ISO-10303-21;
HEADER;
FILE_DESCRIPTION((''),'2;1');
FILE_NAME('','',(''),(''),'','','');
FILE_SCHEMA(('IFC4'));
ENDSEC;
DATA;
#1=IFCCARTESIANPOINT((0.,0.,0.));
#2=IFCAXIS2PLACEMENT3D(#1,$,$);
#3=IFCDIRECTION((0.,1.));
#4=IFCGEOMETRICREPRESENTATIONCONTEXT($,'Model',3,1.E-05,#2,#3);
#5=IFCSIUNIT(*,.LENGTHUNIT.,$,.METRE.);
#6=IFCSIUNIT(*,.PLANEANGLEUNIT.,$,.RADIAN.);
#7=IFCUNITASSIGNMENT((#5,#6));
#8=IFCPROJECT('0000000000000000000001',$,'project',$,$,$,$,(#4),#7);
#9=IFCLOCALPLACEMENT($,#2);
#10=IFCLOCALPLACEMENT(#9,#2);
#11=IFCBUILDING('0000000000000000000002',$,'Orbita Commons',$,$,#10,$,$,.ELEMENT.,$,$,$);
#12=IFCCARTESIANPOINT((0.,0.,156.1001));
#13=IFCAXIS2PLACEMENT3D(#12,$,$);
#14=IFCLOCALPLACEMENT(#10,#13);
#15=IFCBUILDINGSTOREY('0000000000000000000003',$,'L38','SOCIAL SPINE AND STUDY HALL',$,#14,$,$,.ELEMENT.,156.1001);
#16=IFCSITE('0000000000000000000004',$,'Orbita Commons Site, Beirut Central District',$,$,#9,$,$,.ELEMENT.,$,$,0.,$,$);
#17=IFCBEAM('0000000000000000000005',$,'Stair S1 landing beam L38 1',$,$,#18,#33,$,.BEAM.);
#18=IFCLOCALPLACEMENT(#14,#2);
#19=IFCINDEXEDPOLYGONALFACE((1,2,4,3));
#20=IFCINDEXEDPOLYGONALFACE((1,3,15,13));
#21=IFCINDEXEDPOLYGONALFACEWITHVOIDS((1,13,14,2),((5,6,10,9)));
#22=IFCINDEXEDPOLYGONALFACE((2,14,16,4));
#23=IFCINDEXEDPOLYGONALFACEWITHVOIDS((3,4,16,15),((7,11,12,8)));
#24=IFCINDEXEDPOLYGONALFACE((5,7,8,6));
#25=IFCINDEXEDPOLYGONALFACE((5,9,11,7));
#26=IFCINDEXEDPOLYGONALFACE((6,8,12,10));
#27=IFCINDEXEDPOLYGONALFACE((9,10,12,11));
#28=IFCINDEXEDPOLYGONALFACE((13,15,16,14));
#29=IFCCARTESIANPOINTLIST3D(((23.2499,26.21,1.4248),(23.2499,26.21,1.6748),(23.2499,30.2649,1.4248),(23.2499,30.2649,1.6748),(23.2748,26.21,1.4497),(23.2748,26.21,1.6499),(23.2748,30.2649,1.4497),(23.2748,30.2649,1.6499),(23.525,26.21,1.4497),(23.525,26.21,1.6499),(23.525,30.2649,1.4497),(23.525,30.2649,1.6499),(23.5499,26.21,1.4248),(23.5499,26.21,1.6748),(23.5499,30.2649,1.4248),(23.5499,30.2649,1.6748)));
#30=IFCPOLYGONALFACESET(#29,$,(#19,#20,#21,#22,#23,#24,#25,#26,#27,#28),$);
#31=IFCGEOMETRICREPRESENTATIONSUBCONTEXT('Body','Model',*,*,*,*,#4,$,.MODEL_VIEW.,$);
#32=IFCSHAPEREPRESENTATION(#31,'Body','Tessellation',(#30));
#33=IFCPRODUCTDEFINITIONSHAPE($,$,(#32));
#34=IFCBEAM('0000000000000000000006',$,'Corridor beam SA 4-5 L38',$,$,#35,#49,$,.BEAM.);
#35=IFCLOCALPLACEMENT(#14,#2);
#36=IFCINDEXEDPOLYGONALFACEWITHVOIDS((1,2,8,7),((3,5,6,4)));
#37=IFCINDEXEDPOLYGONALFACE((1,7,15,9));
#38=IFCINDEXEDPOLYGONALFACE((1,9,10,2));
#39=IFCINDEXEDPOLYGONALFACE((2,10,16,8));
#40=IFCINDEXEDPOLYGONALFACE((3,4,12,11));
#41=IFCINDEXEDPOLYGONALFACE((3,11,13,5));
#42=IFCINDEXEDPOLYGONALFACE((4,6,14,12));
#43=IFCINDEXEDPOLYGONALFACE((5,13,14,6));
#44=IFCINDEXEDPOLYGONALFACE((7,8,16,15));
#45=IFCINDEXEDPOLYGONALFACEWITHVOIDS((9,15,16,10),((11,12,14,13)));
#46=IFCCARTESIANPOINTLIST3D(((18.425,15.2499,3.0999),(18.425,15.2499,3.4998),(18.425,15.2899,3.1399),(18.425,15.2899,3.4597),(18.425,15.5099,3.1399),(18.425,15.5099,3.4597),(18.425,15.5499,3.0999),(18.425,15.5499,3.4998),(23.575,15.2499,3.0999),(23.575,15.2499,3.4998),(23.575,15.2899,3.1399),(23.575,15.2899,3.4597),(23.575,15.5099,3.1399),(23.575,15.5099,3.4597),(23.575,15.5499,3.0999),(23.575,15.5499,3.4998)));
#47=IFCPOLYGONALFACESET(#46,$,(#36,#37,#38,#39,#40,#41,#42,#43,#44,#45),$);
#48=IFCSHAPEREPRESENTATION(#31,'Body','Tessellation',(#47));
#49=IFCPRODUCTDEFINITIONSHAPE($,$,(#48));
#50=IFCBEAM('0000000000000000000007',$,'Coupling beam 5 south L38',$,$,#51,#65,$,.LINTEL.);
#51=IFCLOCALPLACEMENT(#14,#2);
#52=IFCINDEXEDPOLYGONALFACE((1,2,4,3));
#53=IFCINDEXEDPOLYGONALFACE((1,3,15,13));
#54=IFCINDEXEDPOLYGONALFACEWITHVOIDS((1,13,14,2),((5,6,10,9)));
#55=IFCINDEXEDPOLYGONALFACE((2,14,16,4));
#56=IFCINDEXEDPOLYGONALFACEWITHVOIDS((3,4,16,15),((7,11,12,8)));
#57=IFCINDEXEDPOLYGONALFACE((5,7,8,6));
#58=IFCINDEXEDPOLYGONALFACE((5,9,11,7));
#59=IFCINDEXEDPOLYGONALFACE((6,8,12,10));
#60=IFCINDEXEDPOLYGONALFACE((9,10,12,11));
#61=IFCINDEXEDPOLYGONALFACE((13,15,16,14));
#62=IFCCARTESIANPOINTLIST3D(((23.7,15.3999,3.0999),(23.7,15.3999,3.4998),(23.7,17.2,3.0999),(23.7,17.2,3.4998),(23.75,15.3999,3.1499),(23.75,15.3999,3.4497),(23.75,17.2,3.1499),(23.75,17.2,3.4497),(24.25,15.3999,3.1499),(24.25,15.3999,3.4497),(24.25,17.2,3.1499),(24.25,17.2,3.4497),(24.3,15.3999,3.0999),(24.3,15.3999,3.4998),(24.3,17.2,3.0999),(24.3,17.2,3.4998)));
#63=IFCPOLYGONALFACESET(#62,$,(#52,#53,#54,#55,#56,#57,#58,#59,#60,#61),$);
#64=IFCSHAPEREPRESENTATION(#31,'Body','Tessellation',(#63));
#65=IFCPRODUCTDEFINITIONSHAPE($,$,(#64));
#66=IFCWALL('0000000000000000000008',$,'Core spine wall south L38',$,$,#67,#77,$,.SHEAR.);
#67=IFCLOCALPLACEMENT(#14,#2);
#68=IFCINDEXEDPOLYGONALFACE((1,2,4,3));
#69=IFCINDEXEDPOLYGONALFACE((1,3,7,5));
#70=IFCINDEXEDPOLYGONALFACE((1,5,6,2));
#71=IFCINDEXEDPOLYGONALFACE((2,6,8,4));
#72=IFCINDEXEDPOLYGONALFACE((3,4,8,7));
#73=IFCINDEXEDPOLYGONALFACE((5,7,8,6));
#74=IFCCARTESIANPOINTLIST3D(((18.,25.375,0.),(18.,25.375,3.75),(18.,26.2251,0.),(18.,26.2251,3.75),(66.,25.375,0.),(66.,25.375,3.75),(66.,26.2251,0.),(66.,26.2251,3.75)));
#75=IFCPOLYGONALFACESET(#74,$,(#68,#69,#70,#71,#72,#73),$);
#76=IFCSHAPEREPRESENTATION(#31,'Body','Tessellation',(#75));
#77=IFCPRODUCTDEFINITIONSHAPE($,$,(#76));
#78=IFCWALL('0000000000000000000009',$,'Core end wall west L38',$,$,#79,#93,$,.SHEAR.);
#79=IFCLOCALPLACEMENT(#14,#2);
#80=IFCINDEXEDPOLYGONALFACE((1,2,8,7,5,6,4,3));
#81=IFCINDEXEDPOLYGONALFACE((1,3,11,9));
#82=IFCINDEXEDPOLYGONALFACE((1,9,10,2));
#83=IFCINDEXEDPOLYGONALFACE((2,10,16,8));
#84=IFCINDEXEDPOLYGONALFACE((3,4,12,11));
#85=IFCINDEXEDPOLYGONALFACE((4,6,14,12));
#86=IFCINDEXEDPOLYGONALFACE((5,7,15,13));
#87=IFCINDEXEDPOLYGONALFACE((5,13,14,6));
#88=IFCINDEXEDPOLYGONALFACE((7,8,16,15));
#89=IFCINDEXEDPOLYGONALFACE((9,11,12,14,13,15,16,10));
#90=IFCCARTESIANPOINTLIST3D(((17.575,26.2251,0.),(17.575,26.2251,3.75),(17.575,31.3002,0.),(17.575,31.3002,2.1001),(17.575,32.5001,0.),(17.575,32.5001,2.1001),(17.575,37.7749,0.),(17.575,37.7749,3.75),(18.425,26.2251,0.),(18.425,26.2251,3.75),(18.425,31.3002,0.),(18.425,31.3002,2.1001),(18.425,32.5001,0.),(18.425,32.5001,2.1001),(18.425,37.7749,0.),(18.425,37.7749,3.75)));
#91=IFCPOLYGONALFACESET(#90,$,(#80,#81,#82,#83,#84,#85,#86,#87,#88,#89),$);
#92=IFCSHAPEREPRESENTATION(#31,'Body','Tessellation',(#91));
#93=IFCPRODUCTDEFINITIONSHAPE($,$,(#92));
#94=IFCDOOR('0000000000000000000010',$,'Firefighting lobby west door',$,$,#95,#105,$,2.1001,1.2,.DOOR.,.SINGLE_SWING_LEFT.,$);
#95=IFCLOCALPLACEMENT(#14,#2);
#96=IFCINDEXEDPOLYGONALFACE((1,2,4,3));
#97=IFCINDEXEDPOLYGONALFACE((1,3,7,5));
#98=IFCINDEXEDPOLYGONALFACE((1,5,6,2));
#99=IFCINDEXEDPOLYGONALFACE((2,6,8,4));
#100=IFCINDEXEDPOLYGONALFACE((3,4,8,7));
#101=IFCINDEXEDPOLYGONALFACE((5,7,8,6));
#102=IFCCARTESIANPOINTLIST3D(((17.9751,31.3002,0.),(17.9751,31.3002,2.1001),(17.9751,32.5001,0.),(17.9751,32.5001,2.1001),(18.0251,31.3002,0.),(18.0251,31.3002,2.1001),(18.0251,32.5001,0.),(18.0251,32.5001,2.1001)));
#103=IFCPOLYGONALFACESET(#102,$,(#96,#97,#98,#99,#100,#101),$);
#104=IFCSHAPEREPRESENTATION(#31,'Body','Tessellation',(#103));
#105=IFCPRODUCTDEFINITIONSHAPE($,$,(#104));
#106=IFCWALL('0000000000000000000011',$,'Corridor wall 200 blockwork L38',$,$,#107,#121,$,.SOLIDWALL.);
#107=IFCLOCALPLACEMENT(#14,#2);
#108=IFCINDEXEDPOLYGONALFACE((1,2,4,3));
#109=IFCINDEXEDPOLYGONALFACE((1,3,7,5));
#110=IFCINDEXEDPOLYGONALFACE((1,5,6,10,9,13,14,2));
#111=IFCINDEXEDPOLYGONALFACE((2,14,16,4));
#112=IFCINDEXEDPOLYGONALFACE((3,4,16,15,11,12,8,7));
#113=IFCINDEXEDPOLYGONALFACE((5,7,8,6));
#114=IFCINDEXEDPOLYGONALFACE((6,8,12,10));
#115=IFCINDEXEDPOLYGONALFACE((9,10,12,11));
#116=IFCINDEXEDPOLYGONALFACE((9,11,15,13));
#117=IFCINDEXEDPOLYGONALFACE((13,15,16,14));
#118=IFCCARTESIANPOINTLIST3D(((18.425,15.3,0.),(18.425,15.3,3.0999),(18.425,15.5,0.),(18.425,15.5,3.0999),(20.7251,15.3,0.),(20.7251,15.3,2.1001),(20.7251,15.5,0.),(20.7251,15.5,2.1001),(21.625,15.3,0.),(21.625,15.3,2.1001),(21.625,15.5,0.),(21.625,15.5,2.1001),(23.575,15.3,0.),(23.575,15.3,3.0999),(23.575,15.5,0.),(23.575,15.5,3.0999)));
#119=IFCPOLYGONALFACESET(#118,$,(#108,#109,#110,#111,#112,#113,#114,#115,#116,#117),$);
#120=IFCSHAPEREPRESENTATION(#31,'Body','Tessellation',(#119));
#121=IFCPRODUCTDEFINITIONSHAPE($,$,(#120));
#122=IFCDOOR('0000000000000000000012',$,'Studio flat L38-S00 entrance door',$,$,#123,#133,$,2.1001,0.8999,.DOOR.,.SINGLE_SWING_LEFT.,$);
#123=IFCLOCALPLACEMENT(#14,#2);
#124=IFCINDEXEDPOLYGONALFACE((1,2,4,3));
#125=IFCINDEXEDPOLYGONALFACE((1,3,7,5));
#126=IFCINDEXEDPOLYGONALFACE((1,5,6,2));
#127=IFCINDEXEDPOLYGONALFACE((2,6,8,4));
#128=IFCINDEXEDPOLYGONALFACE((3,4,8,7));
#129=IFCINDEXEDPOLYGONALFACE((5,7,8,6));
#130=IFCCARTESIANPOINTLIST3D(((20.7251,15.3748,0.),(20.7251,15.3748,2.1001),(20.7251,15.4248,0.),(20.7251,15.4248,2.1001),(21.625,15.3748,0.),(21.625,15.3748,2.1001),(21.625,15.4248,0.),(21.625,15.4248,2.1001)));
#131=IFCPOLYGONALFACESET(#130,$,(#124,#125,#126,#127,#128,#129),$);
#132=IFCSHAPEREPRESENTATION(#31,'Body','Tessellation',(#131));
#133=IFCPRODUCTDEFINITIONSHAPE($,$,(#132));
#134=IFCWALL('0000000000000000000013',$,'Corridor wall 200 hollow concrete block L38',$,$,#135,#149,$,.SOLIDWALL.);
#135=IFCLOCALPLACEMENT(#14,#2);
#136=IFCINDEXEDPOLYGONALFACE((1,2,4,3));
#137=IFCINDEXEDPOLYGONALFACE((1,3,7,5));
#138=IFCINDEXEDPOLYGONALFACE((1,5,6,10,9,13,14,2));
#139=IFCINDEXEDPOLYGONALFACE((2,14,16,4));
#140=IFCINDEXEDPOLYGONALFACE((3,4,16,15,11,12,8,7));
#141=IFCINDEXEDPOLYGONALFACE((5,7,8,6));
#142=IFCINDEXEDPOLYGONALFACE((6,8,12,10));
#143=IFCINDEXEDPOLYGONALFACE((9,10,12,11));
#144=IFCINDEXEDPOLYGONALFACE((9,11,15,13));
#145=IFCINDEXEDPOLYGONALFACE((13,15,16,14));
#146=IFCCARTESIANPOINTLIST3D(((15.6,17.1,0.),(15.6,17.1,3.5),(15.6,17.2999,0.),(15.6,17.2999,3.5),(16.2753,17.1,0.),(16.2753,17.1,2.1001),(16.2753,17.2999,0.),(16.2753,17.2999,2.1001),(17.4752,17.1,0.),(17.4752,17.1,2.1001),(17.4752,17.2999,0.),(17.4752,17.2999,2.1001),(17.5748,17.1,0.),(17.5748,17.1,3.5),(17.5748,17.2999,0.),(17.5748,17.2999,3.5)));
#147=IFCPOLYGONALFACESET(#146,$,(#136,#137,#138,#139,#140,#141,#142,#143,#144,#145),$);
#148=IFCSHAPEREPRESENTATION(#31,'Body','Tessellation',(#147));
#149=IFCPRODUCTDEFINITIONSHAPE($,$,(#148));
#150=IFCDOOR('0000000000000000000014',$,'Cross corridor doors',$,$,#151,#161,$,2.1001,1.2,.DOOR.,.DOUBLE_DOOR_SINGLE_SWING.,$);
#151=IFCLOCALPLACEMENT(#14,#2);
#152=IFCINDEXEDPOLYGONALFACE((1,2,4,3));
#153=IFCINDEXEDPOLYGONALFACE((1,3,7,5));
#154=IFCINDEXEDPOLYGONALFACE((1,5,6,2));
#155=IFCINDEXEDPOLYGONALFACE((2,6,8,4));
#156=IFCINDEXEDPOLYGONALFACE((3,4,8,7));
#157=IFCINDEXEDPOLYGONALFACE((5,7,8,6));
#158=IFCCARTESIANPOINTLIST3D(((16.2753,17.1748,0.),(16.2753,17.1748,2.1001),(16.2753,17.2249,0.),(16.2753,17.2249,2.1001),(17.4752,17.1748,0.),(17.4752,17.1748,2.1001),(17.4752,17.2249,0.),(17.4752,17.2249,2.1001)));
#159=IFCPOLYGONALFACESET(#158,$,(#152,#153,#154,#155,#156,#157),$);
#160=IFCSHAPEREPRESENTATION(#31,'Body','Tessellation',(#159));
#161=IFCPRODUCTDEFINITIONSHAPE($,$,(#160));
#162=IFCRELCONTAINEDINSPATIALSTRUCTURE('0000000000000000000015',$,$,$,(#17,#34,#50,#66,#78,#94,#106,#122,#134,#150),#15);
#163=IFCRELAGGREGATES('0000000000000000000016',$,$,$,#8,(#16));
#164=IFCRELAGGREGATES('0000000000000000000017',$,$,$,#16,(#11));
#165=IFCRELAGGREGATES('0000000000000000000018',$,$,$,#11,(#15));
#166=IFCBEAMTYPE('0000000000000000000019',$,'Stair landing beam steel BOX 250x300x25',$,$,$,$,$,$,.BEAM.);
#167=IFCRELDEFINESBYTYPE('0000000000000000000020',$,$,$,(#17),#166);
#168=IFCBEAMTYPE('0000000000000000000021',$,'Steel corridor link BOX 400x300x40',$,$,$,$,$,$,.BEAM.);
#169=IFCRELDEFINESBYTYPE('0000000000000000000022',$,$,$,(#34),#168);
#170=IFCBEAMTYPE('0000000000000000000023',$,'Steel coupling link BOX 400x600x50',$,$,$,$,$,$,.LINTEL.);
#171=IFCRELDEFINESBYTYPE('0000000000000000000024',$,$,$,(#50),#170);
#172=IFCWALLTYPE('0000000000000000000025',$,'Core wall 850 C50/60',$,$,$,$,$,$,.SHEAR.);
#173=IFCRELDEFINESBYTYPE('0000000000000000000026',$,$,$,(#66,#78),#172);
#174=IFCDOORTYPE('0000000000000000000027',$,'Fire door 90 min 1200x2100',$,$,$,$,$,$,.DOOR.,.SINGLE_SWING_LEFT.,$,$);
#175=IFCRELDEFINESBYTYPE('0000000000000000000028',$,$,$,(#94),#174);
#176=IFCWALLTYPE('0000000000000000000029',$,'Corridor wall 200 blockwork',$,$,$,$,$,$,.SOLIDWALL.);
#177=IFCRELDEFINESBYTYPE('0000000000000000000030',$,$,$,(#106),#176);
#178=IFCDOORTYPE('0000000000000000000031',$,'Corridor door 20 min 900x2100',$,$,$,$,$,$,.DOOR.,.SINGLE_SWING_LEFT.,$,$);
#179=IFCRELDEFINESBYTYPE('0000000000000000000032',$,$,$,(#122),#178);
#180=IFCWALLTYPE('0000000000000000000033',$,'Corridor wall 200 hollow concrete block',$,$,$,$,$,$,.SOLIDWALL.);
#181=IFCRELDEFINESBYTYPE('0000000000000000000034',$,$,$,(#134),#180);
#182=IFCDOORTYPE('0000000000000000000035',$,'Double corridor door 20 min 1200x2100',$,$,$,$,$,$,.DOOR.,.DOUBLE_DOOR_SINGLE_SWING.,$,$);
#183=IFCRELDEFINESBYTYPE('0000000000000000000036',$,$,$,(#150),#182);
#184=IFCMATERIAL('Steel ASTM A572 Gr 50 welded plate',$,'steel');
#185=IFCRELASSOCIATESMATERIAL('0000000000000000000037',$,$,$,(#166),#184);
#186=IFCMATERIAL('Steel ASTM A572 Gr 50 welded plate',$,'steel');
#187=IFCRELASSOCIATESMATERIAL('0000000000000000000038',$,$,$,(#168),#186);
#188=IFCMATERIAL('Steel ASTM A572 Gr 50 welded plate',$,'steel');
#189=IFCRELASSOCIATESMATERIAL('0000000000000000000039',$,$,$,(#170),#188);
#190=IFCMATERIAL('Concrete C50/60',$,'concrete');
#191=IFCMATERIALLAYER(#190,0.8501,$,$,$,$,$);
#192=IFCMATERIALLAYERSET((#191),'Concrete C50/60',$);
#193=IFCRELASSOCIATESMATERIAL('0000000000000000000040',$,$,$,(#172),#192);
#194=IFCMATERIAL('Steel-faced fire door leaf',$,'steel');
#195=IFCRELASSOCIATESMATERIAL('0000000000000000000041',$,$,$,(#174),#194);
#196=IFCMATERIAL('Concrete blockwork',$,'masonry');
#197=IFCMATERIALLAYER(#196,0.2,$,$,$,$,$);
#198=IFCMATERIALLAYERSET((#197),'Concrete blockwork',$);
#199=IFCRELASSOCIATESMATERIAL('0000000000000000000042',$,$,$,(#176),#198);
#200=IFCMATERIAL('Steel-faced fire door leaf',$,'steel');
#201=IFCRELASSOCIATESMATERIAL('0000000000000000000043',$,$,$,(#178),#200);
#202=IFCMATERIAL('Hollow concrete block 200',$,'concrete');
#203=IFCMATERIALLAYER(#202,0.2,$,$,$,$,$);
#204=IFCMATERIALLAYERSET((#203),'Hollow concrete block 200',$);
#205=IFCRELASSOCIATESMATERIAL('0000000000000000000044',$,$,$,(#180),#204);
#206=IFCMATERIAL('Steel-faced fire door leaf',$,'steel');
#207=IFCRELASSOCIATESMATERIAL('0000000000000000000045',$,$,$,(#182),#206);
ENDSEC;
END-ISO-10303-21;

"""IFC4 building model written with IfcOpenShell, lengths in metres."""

from ifc_helpers import new_model, si_unit, direction, frame, frame_2d, origin, origin_2d, place, context, subcontext, project, spatial, polyline, rectangle, hollow_rectangle, outline, extrude, material, layer, layer_set, material_profile, profile_set, type_object, element, fill, save


model = new_model("IFC4")

# Units and contexts
model_context = context("Model", 3, precision=1e-05, world=origin(), true_north=direction((0.0, 1.0)))
body_context = subcontext(model_context, "Body", "Model", "MODEL_VIEW")
ifc_project = project(units=[si_unit("LENGTHUNIT", "METRE"), si_unit("PLANEANGLEUNIT", "RADIAN")], contexts=[model_context])

# Site, building, storey
site_placement = place(None, origin())
site = spatial("IfcSite", under=ifc_project, at=site_placement, Name="Orbita Commons Site, Beirut Central District", CompositionType="ELEMENT", RefElevation=0.0)
building_placement = place(site_placement, origin())
building = spatial("IfcBuilding", under=site, at=building_placement, Name="Orbita Commons", CompositionType="ELEMENT")
storey_placement = place(building_placement, frame((0.0, 0.0, 156.1001)))
storey = spatial("IfcBuildingStorey", under=building, at=storey_placement, Name="L38", Description="SOCIAL SPINE AND STUDY HALL", CompositionType="ELEMENT", Elevation=156.1001)

# Beams
ifc_material_1 = material(Name="Steel ASTM A572 Gr 50 welded plate", Category="steel")
ifc_material_profile_1 = material_profile(ifc_material_1, hollow_rectangle(XDim=0.3, YDim=0.25, WallThickness=0.0249, at=origin_2d()), Name="BOX 250x300x25")
ifc_profile_set_1 = profile_set([ifc_material_profile_1], Name="Steel ASTM A572 Gr 50 welded plate")
beam_type_1 = type_object("IfcBeamType", Name="Stair landing beam steel BOX 250x300x25", PredefinedType="BEAM", material=ifc_profile_set_1)
beam_1_placement = place(storey_placement, frame((23.3999, 26.21, 1.5498), z_axis=(0.0, 1.0, 0.0), x_axis=(-1.0, 0.0, 0.0)))
element("IfcBeam", 1, at=beam_1_placement, inside=storey, type_object=beam_type_1, Name="Stair S1 landing beam L38 1", PredefinedType="BEAM", context=body_context, shape_type="SweptSolid", body=[
    extrude(hollow_rectangle(XDim=0.3, YDim=0.25, WallThickness=0.0249, at=origin_2d()), origin(), (0.0, 0.0, 1.0), 4.0549),
])
ifc_material_2 = material(Name="Steel ASTM A572 Gr 50 welded plate", Category="steel")
ifc_material_profile_2 = material_profile(ifc_material_2, hollow_rectangle(XDim=0.3, YDim=0.3999, WallThickness=0.04, at=origin_2d()), Name="BOX 400x300x40")
ifc_profile_set_2 = profile_set([ifc_material_profile_2], Name="Steel ASTM A572 Gr 50 welded plate")
beam_type_2 = type_object("IfcBeamType", Name="Steel corridor link BOX 400x300x40", PredefinedType="BEAM", material=ifc_profile_set_2)
beam_2_placement = place(storey_placement, frame((18.425, 15.3999, 3.2998), z_axis=(1.0, 0.0, 0.0), x_axis=(0.0, 1.0, 0.0)))
element("IfcBeam", 2, at=beam_2_placement, inside=storey, type_object=beam_type_2, Name="Corridor beam SA 4-5 L38", PredefinedType="BEAM", context=body_context, shape_type="SweptSolid", body=[
    extrude(hollow_rectangle(XDim=0.3, YDim=0.3999, WallThickness=0.04, at=origin_2d()), origin(), (0.0, 0.0, 1.0), 5.1499),
])
ifc_material_3 = material(Name="Steel ASTM A572 Gr 50 welded plate", Category="steel")
ifc_material_profile_3 = material_profile(ifc_material_3, hollow_rectangle(XDim=0.6001, YDim=0.3999, WallThickness=0.05, at=origin_2d()), Name="BOX 400x600x50")
ifc_profile_set_3 = profile_set([ifc_material_profile_3], Name="Steel ASTM A572 Gr 50 welded plate")
beam_type_3 = type_object("IfcBeamType", Name="Steel coupling link BOX 400x600x50", PredefinedType="LINTEL", material=ifc_profile_set_3)
beam_3_placement = place(storey_placement, frame((24.0, 15.3999, 3.2998), z_axis=(0.0, 1.0, 0.0), x_axis=(-1.0, 0.0, 0.0)))
element("IfcBeam", 3, at=beam_3_placement, inside=storey, type_object=beam_type_3, Name="Coupling beam 5 south L38", PredefinedType="LINTEL", context=body_context, shape_type="SweptSolid", body=[
    extrude(hollow_rectangle(XDim=0.6001, YDim=0.3999, WallThickness=0.05, at=origin_2d()), origin(), (0.0, 0.0, 1.0), 1.8),
])

# Wall
ifc_material_4 = material(Name="Concrete C50/60", Category="concrete")
ifc_layer_1 = layer(ifc_material_4, 0.8501)
ifc_layer_set_1 = layer_set([ifc_layer_1], Name="Concrete C50/60")
wall_type_1 = type_object("IfcWallType", Name="Core wall 850 C50/60", PredefinedType="SHEAR", material=ifc_layer_set_1)
wall_1_placement = place(storey_placement, frame((18.0, 25.8, 0.0), z_axis=(0.0, 0.0, 1.0), x_axis=(1.0, 0.0, 0.0)))
element("IfcWall", 4, at=wall_1_placement, inside=storey, type_object=wall_type_1, Name="Core spine wall south L38", PredefinedType="SHEAR", context=body_context, shape_type="SweptSolid", body=[
    extrude(rectangle(XDim=48.0, YDim=0.8501, at=frame_2d((24.0, 0.0))), origin(), (0.0, 0.0, 1.0), 3.75),
])

# Walls, openings, doors
wall_2_placement = place(storey_placement, frame((18.0, 26.2251, 0.0), z_axis=(0.0, 0.0, 1.0), x_axis=(0.0, 1.0, 0.0)))
wall_2 = element("IfcWall", 5, at=wall_2_placement, inside=storey, type_object=wall_type_1, Name="Core end wall west L38", PredefinedType="SHEAR", context=body_context, shape_type="SweptSolid", body=[
    extrude(rectangle(XDim=11.5498, YDim=0.8501, at=frame_2d((5.7749, 0.0))), origin(), (0.0, 0.0, 1.0), 3.75),
])
opening_1_placement = place(wall_2_placement, frame((5.075, 0.0, 0.0)))
opening_1 = element("IfcOpeningElement", 6, at=opening_1_placement, cuts=wall_2, PredefinedType="OPENING", context=body_context, shape_type="SweptSolid", body=[
    extrude(rectangle(XDim=1.2, YDim=2.1001, at=frame_2d((0.6001, 1.05))), frame((0.0, 0.4351, 0.0), z_axis=(0.0, -1.0, 0.0), x_axis=(1.0, 0.0, 0.0)), (0.0, 0.0, 1.0), 0.8701),
])
ifc_material_5 = material(Name="Steel-faced fire door leaf", Category="steel")
door_type_1 = type_object("IfcDoorType", Name="Fire door 90 min 1200x2100", OperationType="SINGLE_SWING_LEFT", PredefinedType="DOOR", material=ifc_material_5)
door_1_placement = place(opening_1_placement, origin())
door_1 = element("IfcDoor", 7, at=door_1_placement, inside=storey, type_object=door_type_1, Name="Firefighting lobby west door", OperationType="SINGLE_SWING_LEFT", OverallHeight=2.1001, OverallWidth=1.2, PredefinedType="DOOR", context=body_context, shape_type="SweptSolid", body=[
    extrude(rectangle(XDim=1.2, YDim=2.1001, at=frame_2d((0.6001, 1.05))), frame((0.0, 0.0249, 0.0), z_axis=(0.0, -1.0, 0.0), x_axis=(1.0, 0.0, 0.0)), (0.0, 0.0, 1.0), 0.05),
])
fill(opening_1, door_1)
ifc_material_6 = material(Name="Concrete blockwork", Category="masonry")
ifc_layer_2 = layer(ifc_material_6, 0.2)
ifc_layer_set_2 = layer_set([ifc_layer_2], Name="Concrete blockwork")
wall_type_2 = type_object("IfcWallType", Name="Corridor wall 200 blockwork", PredefinedType="SOLIDWALL", material=ifc_layer_set_2)
wall_3_placement = place(storey_placement, frame((18.425, 15.3999, 0.0), z_axis=(0.0, 0.0, 1.0), x_axis=(1.0, 0.0, 0.0)))
wall_3 = element("IfcWall", 8, at=wall_3_placement, inside=storey, type_object=wall_type_2, Name="Corridor wall 200 blockwork L38", PredefinedType="SOLIDWALL", context=body_context, shape_type="SweptSolid", body=[
    extrude(outline(polyline([(0.0, 0.0), (5.1499, 0.0), (5.1499, 3.0999), (0.0, 3.0999), (0.0, 0.0)])), frame((0.0, 0.1001, 0.0), z_axis=(0.0, -1.0, 0.0), x_axis=(1.0, 0.0, 0.0)), (0.0, 0.0, 1.0), 0.2),
])
opening_2_placement = place(wall_3_placement, frame((2.3, 0.0, 0.0)))
opening_2 = element("IfcOpeningElement", 9, at=opening_2_placement, cuts=wall_3, PredefinedType="OPENING", context=body_context, shape_type="SweptSolid", body=[
    extrude(rectangle(XDim=0.8999, YDim=2.1001, at=frame_2d((0.45, 1.05))), frame((0.0, 0.1099, 0.0), z_axis=(0.0, -1.0, 0.0), x_axis=(1.0, 0.0, 0.0)), (0.0, 0.0, 1.0), 0.22),
])
ifc_material_7 = material(Name="Steel-faced fire door leaf", Category="steel")
door_type_2 = type_object("IfcDoorType", Name="Corridor door 20 min 900x2100", OperationType="SINGLE_SWING_LEFT", PredefinedType="DOOR", material=ifc_material_7)
door_2_placement = place(opening_2_placement, origin())
door_2 = element("IfcDoor", 10, at=door_2_placement, inside=storey, type_object=door_type_2, Name="Studio flat L38-S00 entrance door", OperationType="SINGLE_SWING_LEFT", OverallHeight=2.1001, OverallWidth=0.8999, PredefinedType="DOOR", context=body_context, shape_type="SweptSolid", body=[
    extrude(rectangle(XDim=0.8999, YDim=2.1001, at=frame_2d((0.45, 1.05))), frame((0.0, 0.0249, 0.0), z_axis=(0.0, -1.0, 0.0), x_axis=(1.0, 0.0, 0.0)), (0.0, 0.0, 1.0), 0.05),
])
fill(opening_2, door_2)
ifc_material_8 = material(Name="Hollow concrete block 200", Category="concrete")
ifc_layer_3 = layer(ifc_material_8, 0.2)
ifc_layer_set_3 = layer_set([ifc_layer_3], Name="Hollow concrete block 200")
wall_type_3 = type_object("IfcWallType", Name="Corridor wall 200 hollow concrete block", PredefinedType="SOLIDWALL", material=ifc_layer_set_3)
wall_4_placement = place(storey_placement, frame((15.6001, 17.2, 0.0), z_axis=(0.0, 0.0, 1.0), x_axis=(1.0, 0.0, 0.0)))
wall_4 = element("IfcWall", 11, at=wall_4_placement, inside=storey, type_object=wall_type_3, Name="Corridor wall 200 hollow concrete block L38", PredefinedType="SOLIDWALL", context=body_context, shape_type="SweptSolid", body=[
    extrude(rectangle(XDim=1.9749, YDim=0.2, at=frame_2d((0.9873, 0.0))), origin(), (0.0, 0.0, 1.0), 3.5),
])
opening_3_placement = place(wall_4_placement, frame((0.675, 0.0, 0.0)))
opening_3 = element("IfcOpeningElement", 12, at=opening_3_placement, cuts=wall_4, PredefinedType="OPENING", context=body_context, shape_type="SweptSolid", body=[
    extrude(rectangle(XDim=1.2, YDim=2.1001, at=frame_2d((0.6001, 1.05))), frame((0.0, 0.1099, 0.0), z_axis=(0.0, -1.0, 0.0), x_axis=(1.0, 0.0, 0.0)), (0.0, 0.0, 1.0), 0.22),
])
ifc_material_9 = material(Name="Steel-faced fire door leaf", Category="steel")
door_type_3 = type_object("IfcDoorType", Name="Double corridor door 20 min 1200x2100", OperationType="DOUBLE_DOOR_SINGLE_SWING", PredefinedType="DOOR", material=ifc_material_9)
door_3_placement = place(opening_3_placement, origin())
door_3 = element("IfcDoor", 13, at=door_3_placement, inside=storey, type_object=door_type_3, Name="Cross corridor doors", OperationType="DOUBLE_DOOR_SINGLE_SWING", OverallHeight=2.1001, OverallWidth=1.2, PredefinedType="DOOR", context=body_context, shape_type="SweptSolid", body=[
    extrude(rectangle(XDim=1.2, YDim=2.1001, at=frame_2d((0.6001, 1.05))), frame((0.0, 0.0249, 0.0), z_axis=(0.0, -1.0, 0.0), x_axis=(1.0, 0.0, 0.0)), (0.0, 0.0, 1.0), 0.05),
])
fill(opening_3, door_3)

save(model, "model.ifc")
